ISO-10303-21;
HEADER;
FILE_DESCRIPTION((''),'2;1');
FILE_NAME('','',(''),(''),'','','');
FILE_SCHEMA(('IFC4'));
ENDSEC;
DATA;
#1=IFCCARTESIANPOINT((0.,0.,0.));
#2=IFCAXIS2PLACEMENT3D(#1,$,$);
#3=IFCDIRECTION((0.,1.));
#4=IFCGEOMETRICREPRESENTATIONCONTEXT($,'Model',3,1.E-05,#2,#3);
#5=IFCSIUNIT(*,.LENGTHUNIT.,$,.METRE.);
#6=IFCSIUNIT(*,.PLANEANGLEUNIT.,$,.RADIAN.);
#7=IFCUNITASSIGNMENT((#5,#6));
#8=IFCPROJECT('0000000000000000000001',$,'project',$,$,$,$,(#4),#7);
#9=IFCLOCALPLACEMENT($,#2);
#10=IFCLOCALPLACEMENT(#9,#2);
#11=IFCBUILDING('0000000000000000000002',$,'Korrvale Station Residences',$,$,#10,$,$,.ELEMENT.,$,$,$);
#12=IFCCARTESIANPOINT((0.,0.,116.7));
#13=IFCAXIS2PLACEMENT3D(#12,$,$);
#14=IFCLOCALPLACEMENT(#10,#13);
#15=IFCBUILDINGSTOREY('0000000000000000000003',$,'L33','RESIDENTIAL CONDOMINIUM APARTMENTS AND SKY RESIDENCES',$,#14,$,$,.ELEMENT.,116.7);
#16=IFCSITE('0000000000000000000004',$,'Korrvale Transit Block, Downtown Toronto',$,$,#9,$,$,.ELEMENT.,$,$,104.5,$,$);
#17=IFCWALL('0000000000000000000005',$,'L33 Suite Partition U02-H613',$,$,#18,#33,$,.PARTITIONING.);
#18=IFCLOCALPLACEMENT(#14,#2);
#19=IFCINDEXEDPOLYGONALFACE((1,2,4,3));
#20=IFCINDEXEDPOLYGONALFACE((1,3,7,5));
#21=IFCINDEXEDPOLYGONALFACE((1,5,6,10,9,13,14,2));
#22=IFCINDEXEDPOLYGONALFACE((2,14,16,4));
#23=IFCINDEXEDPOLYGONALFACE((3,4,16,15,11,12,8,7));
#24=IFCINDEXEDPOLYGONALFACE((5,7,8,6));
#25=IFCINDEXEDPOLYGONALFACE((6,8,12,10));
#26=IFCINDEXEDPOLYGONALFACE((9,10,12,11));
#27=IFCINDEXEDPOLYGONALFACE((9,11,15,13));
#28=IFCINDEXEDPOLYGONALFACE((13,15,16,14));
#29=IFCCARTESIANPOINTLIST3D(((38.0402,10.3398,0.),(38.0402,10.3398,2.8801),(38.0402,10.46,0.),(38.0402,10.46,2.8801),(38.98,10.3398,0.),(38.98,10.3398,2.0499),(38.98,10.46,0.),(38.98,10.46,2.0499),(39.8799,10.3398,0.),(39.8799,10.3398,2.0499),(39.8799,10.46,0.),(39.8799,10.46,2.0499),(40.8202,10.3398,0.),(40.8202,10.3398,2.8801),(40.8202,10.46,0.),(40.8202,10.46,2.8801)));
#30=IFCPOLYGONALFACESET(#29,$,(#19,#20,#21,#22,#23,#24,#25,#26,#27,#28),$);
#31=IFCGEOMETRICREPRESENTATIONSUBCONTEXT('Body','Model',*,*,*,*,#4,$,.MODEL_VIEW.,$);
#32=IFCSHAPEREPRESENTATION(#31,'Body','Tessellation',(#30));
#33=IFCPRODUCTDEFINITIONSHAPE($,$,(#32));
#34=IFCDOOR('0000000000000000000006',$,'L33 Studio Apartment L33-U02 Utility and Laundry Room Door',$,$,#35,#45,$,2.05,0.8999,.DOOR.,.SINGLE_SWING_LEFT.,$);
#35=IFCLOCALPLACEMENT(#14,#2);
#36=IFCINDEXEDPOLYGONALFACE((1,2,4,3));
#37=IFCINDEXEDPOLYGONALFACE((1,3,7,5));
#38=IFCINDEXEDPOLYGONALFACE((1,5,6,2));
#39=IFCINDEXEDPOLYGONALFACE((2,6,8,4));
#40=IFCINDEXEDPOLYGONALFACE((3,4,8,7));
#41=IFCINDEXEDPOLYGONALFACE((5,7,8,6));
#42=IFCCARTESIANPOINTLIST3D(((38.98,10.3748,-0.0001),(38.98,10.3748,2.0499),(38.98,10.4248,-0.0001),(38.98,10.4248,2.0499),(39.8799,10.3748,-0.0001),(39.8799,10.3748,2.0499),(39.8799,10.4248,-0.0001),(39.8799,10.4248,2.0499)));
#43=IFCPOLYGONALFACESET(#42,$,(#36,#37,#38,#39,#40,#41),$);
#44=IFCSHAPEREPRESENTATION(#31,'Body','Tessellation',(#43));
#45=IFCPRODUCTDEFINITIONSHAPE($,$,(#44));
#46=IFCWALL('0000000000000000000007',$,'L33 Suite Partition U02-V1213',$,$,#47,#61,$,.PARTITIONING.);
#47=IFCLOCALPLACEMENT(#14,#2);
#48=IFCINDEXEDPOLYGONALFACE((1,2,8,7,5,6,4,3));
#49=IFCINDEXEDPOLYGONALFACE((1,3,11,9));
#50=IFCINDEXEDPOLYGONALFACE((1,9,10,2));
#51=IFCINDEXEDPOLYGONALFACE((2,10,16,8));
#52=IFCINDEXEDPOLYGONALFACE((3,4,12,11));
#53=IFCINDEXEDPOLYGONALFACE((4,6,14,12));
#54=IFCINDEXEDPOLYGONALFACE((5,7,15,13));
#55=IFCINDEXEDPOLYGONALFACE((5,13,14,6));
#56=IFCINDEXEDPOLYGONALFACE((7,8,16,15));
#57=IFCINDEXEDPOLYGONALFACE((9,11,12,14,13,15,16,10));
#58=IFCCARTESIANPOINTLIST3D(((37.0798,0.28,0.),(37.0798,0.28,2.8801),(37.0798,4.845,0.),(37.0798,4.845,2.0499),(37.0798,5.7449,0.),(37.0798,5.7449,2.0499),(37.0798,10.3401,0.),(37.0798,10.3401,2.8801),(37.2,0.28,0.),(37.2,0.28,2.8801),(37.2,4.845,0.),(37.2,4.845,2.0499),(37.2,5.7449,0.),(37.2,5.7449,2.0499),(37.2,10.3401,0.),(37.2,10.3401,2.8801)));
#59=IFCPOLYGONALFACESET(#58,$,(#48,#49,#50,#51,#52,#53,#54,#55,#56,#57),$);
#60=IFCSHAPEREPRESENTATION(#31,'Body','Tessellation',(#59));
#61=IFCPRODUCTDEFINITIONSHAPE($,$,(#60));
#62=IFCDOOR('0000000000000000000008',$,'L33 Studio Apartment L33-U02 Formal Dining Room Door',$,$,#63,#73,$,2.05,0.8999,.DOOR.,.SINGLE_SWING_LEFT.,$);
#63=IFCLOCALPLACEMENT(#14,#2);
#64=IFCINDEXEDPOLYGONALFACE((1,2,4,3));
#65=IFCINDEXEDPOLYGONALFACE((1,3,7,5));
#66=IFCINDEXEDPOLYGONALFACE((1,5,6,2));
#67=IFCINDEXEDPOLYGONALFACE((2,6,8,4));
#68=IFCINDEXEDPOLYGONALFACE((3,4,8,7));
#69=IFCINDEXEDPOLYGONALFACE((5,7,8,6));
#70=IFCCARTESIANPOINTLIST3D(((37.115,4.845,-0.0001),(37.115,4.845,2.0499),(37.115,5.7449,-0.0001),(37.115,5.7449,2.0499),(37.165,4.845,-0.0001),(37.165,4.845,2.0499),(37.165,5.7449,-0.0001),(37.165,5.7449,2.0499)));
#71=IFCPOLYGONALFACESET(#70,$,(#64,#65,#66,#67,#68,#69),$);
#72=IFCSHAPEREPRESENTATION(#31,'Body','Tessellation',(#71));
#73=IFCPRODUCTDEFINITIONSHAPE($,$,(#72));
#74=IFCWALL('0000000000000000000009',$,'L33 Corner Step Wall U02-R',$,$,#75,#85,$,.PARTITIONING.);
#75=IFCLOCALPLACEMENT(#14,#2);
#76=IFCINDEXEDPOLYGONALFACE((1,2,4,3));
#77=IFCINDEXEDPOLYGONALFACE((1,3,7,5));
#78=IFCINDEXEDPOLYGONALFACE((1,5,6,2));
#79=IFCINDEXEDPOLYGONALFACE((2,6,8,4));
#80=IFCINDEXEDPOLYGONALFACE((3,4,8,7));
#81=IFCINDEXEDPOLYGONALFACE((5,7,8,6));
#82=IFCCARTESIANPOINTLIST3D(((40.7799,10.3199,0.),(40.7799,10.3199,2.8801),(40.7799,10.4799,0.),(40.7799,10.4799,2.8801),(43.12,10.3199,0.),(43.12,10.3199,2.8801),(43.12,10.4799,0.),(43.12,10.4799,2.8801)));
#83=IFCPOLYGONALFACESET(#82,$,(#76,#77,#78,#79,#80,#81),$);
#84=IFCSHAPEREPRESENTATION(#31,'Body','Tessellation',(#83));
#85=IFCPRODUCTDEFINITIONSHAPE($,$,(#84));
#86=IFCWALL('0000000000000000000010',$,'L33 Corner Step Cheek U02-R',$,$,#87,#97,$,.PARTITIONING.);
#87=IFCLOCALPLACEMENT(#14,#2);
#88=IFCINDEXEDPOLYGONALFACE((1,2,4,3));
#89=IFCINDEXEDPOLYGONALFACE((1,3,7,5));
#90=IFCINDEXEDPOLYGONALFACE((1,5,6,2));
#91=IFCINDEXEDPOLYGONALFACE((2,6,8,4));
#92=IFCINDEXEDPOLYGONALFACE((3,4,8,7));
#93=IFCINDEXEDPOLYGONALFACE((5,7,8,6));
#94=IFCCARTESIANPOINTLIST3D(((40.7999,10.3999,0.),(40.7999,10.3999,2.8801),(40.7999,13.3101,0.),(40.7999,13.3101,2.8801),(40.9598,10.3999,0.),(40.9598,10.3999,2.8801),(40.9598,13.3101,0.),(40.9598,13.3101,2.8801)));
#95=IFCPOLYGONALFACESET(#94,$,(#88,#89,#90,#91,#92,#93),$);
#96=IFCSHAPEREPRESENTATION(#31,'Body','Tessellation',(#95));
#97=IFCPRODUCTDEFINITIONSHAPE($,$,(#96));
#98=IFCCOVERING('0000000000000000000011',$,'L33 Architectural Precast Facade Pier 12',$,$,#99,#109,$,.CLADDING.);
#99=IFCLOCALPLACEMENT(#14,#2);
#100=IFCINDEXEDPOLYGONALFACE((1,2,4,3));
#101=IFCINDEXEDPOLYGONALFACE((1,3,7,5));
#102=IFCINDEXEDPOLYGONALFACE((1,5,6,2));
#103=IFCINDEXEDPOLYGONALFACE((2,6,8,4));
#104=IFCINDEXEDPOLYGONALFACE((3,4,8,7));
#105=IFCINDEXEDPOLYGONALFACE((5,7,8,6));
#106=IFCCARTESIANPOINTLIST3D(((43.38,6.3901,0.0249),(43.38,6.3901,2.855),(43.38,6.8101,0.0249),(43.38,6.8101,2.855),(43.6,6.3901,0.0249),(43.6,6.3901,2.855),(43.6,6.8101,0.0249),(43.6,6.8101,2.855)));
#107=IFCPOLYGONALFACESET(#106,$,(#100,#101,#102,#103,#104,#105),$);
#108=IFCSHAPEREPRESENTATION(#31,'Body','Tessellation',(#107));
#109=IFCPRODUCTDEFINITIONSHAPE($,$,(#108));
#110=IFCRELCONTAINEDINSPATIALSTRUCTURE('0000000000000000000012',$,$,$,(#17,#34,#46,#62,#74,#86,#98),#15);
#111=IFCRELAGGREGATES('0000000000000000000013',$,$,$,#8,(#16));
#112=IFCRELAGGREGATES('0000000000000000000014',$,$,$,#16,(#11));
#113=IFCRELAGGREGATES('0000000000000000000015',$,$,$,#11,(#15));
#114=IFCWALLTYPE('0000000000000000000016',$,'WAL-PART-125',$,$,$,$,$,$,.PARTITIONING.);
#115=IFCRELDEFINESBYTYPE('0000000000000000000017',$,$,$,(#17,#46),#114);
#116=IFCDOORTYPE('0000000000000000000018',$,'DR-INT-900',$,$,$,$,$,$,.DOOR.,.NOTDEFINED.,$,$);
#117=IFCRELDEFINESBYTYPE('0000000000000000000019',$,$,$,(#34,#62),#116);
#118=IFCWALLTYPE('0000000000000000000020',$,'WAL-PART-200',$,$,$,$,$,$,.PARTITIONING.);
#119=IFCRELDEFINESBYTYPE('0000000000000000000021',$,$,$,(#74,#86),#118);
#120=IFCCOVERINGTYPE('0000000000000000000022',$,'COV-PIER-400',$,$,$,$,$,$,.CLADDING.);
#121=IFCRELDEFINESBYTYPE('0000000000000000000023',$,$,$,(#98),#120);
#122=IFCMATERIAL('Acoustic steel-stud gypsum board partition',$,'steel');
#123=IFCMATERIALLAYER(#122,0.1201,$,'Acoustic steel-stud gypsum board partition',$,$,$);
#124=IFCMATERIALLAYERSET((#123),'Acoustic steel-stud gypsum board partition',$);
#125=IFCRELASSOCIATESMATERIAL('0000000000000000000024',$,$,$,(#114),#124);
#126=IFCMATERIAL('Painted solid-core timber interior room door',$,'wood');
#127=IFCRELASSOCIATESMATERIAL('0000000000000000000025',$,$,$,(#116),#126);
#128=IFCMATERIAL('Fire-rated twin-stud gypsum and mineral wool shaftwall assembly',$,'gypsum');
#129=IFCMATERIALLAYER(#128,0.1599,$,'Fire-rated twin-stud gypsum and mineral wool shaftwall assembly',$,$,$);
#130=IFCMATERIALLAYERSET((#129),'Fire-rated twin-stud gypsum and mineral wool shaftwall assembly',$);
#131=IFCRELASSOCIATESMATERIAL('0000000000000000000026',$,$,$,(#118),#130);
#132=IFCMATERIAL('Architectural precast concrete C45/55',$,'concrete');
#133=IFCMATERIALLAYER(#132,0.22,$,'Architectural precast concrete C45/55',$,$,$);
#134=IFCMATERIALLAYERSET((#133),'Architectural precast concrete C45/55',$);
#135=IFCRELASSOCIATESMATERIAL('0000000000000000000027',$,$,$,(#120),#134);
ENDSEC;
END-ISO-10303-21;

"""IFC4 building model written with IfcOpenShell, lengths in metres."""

from ifc_helpers import new_model, si_unit, direction, frame, frame_2d, origin, origin_2d, place, context, subcontext, project, spatial, rectangle, extrude, material, layer, layer_set, type_object, element, fill, save


model = new_model("IFC4")

# Units and contexts
model_context = context("Model", 3, precision=1e-05, world=origin(), true_north=direction((0.0, 1.0)))
body_context = subcontext(model_context, "Body", "Model", "MODEL_VIEW")
ifc_project = project(units=[si_unit("LENGTHUNIT", "METRE"), si_unit("PLANEANGLEUNIT", "RADIAN")], contexts=[model_context])

# Site, building, storey
site_placement = place(None, origin())
site = spatial("IfcSite", under=ifc_project, at=site_placement, Name="Korrvale Transit Block, Downtown Toronto", CompositionType="ELEMENT", RefElevation=104.5)
building_placement = place(site_placement, origin())
building = spatial("IfcBuilding", under=site, at=building_placement, Name="Korrvale Station Residences", CompositionType="ELEMENT")
storey_placement = place(building_placement, frame((0.0, 0.0, 116.7)))
storey = spatial("IfcBuildingStorey", under=building, at=storey_placement, Name="L33", Description="RESIDENTIAL CONDOMINIUM APARTMENTS AND SKY RESIDENCES", CompositionType="ELEMENT", Elevation=116.7)

# Shared definitions
ifc_material_1 = material(Name="Acoustic steel-stud gypsum board partition", Category="steel")
ifc_layer_1 = layer(ifc_material_1, 0.1201, Name="Acoustic steel-stud gypsum board partition")
ifc_layer_set_1 = layer_set([ifc_layer_1], Name="Acoustic steel-stud gypsum board partition")
wall_type_1 = type_object("IfcWallType", Name="WAL-PART-125", PredefinedType="PARTITIONING", material=ifc_layer_set_1)

# Shared definitions
ifc_material_2 = material(Name="Painted solid-core timber interior room door", Category="wood")
door_type = type_object("IfcDoorType", Name="DR-INT-900", OperationType="NOTDEFINED", PredefinedType="DOOR", material=ifc_material_2)

# Walls, openings, doors
wall_1_placement = place(storey_placement, frame((38.04, 10.3999, 0.0), z_axis=(0.0, 0.0, 1.0), x_axis=(1.0, 0.0, 0.0)))
wall_1 = element("IfcWall", 1, at=wall_1_placement, inside=storey, type_object=wall_type_1, Name="L33 Suite Partition U02-H613", PredefinedType="PARTITIONING", context=body_context, shape_type="SweptSolid", body=[
    extrude(rectangle(XDim=2.78, YDim=0.1201, at=frame_2d((1.3901, 0.0))), origin(), (0.0, 0.0, 1.0), 2.8801),
])
opening_1_placement = place(wall_1_placement, frame((0.9399, 0.0, 0.0)))
opening_1 = element("IfcOpeningElement", 2, at=opening_1_placement, cuts=wall_1, PredefinedType="OPENING", context=body_context, shape_type="SweptSolid", body=[
    extrude(rectangle(XDim=0.8999, YDim=2.05, at=frame_2d((0.45, 1.0249))), frame((0.0, 0.0701, 0.0), z_axis=(0.0, -1.0, 0.0), x_axis=(1.0, 0.0, 0.0)), (0.0, 0.0, 1.0), 0.1401),
])
door_1_placement = place(opening_1_placement, origin())
door_1 = element("IfcDoor", 3, at=door_1_placement, inside=storey, type_object=door_type, Name="L33 Studio Apartment L33-U02 Utility and Laundry Room Door", OperationType="SINGLE_SWING_LEFT", OverallHeight=2.05, OverallWidth=0.8999, PredefinedType="DOOR", context=body_context, shape_type="SweptSolid", body=[
    extrude(rectangle(XDim=0.8999, YDim=2.05, at=frame_2d((0.45, 1.0249))), frame((0.0, 0.0249, 0.0), z_axis=(0.0, -1.0, 0.0), x_axis=(1.0, 0.0, 0.0)), (0.0, 0.0, 1.0), 0.05),
])
fill(opening_1, door_1)
wall_2_placement = place(storey_placement, frame((37.1399, 0.28, 0.0), z_axis=(0.0, 0.0, 1.0), x_axis=(0.0, 1.0, 0.0)))
wall_2 = element("IfcWall", 4, at=wall_2_placement, inside=storey, type_object=wall_type_1, Name="L33 Suite Partition U02-V1213", PredefinedType="PARTITIONING", context=body_context, shape_type="SweptSolid", body=[
    extrude(rectangle(XDim=10.0601, YDim=0.1201, at=frame_2d((5.03, 0.0))), origin(), (0.0, 0.0, 1.0), 2.8801),
])
opening_2_placement = place(wall_2_placement, frame((4.5649, 0.0, 0.0)))
opening_2 = element("IfcOpeningElement", 5, at=opening_2_placement, cuts=wall_2, PredefinedType="OPENING", context=body_context, shape_type="SweptSolid", body=[
    extrude(rectangle(XDim=0.8999, YDim=2.05, at=frame_2d((0.45, 1.0249))), frame((0.0, 0.0701, 0.0), z_axis=(0.0, -1.0, 0.0), x_axis=(1.0, 0.0, 0.0)), (0.0, 0.0, 1.0), 0.1401),
])
door_2_placement = place(opening_2_placement, origin())
door_2 = element("IfcDoor", 6, at=door_2_placement, inside=storey, type_object=door_type, Name="L33 Studio Apartment L33-U02 Formal Dining Room Door", OperationType="SINGLE_SWING_LEFT", OverallHeight=2.05, OverallWidth=0.8999, PredefinedType="DOOR", context=body_context, shape_type="SweptSolid", body=[
    extrude(rectangle(XDim=0.8999, YDim=2.05, at=frame_2d((0.45, 1.0249))), frame((0.0, 0.0249, 0.0), z_axis=(0.0, -1.0, 0.0), x_axis=(1.0, 0.0, 0.0)), (0.0, 0.0, 1.0), 0.05),
])
fill(opening_2, door_2)

# Walls
ifc_material_3 = material(Name="Fire-rated twin-stud gypsum and mineral wool shaftwall assembly", Category="gypsum")
ifc_layer_2 = layer(ifc_material_3, 0.1599, Name="Fire-rated twin-stud gypsum and mineral wool shaftwall assembly")
ifc_layer_set_2 = layer_set([ifc_layer_2], Name="Fire-rated twin-stud gypsum and mineral wool shaftwall assembly")
wall_type_2 = type_object("IfcWallType", Name="WAL-PART-200", PredefinedType="PARTITIONING", material=ifc_layer_set_2)
wall_3_placement = place(storey_placement, frame((40.78, 10.3999, 0.0), z_axis=(0.0, 0.0, 1.0), x_axis=(1.0, 0.0, 0.0)))
element("IfcWall", 7, at=wall_3_placement, inside=storey, type_object=wall_type_2, Name="L33 Corner Step Wall U02-R", PredefinedType="PARTITIONING", context=body_context, shape_type="SweptSolid", body=[
    extrude(rectangle(XDim=2.3401, YDim=0.1599, at=frame_2d((1.1699, 0.0))), origin(), (0.0, 0.0, 1.0), 2.8801),
])
wall_4_placement = place(storey_placement, frame((40.8799, 10.3999, 0.0), z_axis=(0.0, 0.0, 1.0), x_axis=(0.0, 1.0, 0.0)))
element("IfcWall", 8, at=wall_4_placement, inside=storey, type_object=wall_type_2, Name="L33 Corner Step Cheek U02-R", PredefinedType="PARTITIONING", context=body_context, shape_type="SweptSolid", body=[
    extrude(rectangle(XDim=2.9102, YDim=0.1599, at=frame_2d((1.4551, 0.0))), origin(), (0.0, 0.0, 1.0), 2.8801),
])

# Covering
ifc_material_4 = material(Name="Architectural precast concrete C45/55", Category="concrete")
ifc_layer_3 = layer(ifc_material_4, 0.22, Name="Architectural precast concrete C45/55")
ifc_layer_set_3 = layer_set([ifc_layer_3], Name="Architectural precast concrete C45/55")
covering_type = type_object("IfcCoveringType", Name="COV-PIER-400", PredefinedType="CLADDING", material=ifc_layer_set_3)
covering_placement = place(storey_placement, frame((43.49, 6.6001, 0.0249), z_axis=(0.0, 0.0, 1.0), x_axis=(0.0, 1.0, 0.0)))
element("IfcCovering", 9, at=covering_placement, inside=storey, type_object=covering_type, Name="L33 Architectural Precast Facade Pier 12", PredefinedType="CLADDING", context=body_context, shape_type="SweptSolid", body=[
    extrude(rectangle(XDim=0.4199, YDim=0.22, at=origin_2d()), origin(), (0.0, 0.0, 1.0), 2.8301),
])

save(model, "model.ifc")
